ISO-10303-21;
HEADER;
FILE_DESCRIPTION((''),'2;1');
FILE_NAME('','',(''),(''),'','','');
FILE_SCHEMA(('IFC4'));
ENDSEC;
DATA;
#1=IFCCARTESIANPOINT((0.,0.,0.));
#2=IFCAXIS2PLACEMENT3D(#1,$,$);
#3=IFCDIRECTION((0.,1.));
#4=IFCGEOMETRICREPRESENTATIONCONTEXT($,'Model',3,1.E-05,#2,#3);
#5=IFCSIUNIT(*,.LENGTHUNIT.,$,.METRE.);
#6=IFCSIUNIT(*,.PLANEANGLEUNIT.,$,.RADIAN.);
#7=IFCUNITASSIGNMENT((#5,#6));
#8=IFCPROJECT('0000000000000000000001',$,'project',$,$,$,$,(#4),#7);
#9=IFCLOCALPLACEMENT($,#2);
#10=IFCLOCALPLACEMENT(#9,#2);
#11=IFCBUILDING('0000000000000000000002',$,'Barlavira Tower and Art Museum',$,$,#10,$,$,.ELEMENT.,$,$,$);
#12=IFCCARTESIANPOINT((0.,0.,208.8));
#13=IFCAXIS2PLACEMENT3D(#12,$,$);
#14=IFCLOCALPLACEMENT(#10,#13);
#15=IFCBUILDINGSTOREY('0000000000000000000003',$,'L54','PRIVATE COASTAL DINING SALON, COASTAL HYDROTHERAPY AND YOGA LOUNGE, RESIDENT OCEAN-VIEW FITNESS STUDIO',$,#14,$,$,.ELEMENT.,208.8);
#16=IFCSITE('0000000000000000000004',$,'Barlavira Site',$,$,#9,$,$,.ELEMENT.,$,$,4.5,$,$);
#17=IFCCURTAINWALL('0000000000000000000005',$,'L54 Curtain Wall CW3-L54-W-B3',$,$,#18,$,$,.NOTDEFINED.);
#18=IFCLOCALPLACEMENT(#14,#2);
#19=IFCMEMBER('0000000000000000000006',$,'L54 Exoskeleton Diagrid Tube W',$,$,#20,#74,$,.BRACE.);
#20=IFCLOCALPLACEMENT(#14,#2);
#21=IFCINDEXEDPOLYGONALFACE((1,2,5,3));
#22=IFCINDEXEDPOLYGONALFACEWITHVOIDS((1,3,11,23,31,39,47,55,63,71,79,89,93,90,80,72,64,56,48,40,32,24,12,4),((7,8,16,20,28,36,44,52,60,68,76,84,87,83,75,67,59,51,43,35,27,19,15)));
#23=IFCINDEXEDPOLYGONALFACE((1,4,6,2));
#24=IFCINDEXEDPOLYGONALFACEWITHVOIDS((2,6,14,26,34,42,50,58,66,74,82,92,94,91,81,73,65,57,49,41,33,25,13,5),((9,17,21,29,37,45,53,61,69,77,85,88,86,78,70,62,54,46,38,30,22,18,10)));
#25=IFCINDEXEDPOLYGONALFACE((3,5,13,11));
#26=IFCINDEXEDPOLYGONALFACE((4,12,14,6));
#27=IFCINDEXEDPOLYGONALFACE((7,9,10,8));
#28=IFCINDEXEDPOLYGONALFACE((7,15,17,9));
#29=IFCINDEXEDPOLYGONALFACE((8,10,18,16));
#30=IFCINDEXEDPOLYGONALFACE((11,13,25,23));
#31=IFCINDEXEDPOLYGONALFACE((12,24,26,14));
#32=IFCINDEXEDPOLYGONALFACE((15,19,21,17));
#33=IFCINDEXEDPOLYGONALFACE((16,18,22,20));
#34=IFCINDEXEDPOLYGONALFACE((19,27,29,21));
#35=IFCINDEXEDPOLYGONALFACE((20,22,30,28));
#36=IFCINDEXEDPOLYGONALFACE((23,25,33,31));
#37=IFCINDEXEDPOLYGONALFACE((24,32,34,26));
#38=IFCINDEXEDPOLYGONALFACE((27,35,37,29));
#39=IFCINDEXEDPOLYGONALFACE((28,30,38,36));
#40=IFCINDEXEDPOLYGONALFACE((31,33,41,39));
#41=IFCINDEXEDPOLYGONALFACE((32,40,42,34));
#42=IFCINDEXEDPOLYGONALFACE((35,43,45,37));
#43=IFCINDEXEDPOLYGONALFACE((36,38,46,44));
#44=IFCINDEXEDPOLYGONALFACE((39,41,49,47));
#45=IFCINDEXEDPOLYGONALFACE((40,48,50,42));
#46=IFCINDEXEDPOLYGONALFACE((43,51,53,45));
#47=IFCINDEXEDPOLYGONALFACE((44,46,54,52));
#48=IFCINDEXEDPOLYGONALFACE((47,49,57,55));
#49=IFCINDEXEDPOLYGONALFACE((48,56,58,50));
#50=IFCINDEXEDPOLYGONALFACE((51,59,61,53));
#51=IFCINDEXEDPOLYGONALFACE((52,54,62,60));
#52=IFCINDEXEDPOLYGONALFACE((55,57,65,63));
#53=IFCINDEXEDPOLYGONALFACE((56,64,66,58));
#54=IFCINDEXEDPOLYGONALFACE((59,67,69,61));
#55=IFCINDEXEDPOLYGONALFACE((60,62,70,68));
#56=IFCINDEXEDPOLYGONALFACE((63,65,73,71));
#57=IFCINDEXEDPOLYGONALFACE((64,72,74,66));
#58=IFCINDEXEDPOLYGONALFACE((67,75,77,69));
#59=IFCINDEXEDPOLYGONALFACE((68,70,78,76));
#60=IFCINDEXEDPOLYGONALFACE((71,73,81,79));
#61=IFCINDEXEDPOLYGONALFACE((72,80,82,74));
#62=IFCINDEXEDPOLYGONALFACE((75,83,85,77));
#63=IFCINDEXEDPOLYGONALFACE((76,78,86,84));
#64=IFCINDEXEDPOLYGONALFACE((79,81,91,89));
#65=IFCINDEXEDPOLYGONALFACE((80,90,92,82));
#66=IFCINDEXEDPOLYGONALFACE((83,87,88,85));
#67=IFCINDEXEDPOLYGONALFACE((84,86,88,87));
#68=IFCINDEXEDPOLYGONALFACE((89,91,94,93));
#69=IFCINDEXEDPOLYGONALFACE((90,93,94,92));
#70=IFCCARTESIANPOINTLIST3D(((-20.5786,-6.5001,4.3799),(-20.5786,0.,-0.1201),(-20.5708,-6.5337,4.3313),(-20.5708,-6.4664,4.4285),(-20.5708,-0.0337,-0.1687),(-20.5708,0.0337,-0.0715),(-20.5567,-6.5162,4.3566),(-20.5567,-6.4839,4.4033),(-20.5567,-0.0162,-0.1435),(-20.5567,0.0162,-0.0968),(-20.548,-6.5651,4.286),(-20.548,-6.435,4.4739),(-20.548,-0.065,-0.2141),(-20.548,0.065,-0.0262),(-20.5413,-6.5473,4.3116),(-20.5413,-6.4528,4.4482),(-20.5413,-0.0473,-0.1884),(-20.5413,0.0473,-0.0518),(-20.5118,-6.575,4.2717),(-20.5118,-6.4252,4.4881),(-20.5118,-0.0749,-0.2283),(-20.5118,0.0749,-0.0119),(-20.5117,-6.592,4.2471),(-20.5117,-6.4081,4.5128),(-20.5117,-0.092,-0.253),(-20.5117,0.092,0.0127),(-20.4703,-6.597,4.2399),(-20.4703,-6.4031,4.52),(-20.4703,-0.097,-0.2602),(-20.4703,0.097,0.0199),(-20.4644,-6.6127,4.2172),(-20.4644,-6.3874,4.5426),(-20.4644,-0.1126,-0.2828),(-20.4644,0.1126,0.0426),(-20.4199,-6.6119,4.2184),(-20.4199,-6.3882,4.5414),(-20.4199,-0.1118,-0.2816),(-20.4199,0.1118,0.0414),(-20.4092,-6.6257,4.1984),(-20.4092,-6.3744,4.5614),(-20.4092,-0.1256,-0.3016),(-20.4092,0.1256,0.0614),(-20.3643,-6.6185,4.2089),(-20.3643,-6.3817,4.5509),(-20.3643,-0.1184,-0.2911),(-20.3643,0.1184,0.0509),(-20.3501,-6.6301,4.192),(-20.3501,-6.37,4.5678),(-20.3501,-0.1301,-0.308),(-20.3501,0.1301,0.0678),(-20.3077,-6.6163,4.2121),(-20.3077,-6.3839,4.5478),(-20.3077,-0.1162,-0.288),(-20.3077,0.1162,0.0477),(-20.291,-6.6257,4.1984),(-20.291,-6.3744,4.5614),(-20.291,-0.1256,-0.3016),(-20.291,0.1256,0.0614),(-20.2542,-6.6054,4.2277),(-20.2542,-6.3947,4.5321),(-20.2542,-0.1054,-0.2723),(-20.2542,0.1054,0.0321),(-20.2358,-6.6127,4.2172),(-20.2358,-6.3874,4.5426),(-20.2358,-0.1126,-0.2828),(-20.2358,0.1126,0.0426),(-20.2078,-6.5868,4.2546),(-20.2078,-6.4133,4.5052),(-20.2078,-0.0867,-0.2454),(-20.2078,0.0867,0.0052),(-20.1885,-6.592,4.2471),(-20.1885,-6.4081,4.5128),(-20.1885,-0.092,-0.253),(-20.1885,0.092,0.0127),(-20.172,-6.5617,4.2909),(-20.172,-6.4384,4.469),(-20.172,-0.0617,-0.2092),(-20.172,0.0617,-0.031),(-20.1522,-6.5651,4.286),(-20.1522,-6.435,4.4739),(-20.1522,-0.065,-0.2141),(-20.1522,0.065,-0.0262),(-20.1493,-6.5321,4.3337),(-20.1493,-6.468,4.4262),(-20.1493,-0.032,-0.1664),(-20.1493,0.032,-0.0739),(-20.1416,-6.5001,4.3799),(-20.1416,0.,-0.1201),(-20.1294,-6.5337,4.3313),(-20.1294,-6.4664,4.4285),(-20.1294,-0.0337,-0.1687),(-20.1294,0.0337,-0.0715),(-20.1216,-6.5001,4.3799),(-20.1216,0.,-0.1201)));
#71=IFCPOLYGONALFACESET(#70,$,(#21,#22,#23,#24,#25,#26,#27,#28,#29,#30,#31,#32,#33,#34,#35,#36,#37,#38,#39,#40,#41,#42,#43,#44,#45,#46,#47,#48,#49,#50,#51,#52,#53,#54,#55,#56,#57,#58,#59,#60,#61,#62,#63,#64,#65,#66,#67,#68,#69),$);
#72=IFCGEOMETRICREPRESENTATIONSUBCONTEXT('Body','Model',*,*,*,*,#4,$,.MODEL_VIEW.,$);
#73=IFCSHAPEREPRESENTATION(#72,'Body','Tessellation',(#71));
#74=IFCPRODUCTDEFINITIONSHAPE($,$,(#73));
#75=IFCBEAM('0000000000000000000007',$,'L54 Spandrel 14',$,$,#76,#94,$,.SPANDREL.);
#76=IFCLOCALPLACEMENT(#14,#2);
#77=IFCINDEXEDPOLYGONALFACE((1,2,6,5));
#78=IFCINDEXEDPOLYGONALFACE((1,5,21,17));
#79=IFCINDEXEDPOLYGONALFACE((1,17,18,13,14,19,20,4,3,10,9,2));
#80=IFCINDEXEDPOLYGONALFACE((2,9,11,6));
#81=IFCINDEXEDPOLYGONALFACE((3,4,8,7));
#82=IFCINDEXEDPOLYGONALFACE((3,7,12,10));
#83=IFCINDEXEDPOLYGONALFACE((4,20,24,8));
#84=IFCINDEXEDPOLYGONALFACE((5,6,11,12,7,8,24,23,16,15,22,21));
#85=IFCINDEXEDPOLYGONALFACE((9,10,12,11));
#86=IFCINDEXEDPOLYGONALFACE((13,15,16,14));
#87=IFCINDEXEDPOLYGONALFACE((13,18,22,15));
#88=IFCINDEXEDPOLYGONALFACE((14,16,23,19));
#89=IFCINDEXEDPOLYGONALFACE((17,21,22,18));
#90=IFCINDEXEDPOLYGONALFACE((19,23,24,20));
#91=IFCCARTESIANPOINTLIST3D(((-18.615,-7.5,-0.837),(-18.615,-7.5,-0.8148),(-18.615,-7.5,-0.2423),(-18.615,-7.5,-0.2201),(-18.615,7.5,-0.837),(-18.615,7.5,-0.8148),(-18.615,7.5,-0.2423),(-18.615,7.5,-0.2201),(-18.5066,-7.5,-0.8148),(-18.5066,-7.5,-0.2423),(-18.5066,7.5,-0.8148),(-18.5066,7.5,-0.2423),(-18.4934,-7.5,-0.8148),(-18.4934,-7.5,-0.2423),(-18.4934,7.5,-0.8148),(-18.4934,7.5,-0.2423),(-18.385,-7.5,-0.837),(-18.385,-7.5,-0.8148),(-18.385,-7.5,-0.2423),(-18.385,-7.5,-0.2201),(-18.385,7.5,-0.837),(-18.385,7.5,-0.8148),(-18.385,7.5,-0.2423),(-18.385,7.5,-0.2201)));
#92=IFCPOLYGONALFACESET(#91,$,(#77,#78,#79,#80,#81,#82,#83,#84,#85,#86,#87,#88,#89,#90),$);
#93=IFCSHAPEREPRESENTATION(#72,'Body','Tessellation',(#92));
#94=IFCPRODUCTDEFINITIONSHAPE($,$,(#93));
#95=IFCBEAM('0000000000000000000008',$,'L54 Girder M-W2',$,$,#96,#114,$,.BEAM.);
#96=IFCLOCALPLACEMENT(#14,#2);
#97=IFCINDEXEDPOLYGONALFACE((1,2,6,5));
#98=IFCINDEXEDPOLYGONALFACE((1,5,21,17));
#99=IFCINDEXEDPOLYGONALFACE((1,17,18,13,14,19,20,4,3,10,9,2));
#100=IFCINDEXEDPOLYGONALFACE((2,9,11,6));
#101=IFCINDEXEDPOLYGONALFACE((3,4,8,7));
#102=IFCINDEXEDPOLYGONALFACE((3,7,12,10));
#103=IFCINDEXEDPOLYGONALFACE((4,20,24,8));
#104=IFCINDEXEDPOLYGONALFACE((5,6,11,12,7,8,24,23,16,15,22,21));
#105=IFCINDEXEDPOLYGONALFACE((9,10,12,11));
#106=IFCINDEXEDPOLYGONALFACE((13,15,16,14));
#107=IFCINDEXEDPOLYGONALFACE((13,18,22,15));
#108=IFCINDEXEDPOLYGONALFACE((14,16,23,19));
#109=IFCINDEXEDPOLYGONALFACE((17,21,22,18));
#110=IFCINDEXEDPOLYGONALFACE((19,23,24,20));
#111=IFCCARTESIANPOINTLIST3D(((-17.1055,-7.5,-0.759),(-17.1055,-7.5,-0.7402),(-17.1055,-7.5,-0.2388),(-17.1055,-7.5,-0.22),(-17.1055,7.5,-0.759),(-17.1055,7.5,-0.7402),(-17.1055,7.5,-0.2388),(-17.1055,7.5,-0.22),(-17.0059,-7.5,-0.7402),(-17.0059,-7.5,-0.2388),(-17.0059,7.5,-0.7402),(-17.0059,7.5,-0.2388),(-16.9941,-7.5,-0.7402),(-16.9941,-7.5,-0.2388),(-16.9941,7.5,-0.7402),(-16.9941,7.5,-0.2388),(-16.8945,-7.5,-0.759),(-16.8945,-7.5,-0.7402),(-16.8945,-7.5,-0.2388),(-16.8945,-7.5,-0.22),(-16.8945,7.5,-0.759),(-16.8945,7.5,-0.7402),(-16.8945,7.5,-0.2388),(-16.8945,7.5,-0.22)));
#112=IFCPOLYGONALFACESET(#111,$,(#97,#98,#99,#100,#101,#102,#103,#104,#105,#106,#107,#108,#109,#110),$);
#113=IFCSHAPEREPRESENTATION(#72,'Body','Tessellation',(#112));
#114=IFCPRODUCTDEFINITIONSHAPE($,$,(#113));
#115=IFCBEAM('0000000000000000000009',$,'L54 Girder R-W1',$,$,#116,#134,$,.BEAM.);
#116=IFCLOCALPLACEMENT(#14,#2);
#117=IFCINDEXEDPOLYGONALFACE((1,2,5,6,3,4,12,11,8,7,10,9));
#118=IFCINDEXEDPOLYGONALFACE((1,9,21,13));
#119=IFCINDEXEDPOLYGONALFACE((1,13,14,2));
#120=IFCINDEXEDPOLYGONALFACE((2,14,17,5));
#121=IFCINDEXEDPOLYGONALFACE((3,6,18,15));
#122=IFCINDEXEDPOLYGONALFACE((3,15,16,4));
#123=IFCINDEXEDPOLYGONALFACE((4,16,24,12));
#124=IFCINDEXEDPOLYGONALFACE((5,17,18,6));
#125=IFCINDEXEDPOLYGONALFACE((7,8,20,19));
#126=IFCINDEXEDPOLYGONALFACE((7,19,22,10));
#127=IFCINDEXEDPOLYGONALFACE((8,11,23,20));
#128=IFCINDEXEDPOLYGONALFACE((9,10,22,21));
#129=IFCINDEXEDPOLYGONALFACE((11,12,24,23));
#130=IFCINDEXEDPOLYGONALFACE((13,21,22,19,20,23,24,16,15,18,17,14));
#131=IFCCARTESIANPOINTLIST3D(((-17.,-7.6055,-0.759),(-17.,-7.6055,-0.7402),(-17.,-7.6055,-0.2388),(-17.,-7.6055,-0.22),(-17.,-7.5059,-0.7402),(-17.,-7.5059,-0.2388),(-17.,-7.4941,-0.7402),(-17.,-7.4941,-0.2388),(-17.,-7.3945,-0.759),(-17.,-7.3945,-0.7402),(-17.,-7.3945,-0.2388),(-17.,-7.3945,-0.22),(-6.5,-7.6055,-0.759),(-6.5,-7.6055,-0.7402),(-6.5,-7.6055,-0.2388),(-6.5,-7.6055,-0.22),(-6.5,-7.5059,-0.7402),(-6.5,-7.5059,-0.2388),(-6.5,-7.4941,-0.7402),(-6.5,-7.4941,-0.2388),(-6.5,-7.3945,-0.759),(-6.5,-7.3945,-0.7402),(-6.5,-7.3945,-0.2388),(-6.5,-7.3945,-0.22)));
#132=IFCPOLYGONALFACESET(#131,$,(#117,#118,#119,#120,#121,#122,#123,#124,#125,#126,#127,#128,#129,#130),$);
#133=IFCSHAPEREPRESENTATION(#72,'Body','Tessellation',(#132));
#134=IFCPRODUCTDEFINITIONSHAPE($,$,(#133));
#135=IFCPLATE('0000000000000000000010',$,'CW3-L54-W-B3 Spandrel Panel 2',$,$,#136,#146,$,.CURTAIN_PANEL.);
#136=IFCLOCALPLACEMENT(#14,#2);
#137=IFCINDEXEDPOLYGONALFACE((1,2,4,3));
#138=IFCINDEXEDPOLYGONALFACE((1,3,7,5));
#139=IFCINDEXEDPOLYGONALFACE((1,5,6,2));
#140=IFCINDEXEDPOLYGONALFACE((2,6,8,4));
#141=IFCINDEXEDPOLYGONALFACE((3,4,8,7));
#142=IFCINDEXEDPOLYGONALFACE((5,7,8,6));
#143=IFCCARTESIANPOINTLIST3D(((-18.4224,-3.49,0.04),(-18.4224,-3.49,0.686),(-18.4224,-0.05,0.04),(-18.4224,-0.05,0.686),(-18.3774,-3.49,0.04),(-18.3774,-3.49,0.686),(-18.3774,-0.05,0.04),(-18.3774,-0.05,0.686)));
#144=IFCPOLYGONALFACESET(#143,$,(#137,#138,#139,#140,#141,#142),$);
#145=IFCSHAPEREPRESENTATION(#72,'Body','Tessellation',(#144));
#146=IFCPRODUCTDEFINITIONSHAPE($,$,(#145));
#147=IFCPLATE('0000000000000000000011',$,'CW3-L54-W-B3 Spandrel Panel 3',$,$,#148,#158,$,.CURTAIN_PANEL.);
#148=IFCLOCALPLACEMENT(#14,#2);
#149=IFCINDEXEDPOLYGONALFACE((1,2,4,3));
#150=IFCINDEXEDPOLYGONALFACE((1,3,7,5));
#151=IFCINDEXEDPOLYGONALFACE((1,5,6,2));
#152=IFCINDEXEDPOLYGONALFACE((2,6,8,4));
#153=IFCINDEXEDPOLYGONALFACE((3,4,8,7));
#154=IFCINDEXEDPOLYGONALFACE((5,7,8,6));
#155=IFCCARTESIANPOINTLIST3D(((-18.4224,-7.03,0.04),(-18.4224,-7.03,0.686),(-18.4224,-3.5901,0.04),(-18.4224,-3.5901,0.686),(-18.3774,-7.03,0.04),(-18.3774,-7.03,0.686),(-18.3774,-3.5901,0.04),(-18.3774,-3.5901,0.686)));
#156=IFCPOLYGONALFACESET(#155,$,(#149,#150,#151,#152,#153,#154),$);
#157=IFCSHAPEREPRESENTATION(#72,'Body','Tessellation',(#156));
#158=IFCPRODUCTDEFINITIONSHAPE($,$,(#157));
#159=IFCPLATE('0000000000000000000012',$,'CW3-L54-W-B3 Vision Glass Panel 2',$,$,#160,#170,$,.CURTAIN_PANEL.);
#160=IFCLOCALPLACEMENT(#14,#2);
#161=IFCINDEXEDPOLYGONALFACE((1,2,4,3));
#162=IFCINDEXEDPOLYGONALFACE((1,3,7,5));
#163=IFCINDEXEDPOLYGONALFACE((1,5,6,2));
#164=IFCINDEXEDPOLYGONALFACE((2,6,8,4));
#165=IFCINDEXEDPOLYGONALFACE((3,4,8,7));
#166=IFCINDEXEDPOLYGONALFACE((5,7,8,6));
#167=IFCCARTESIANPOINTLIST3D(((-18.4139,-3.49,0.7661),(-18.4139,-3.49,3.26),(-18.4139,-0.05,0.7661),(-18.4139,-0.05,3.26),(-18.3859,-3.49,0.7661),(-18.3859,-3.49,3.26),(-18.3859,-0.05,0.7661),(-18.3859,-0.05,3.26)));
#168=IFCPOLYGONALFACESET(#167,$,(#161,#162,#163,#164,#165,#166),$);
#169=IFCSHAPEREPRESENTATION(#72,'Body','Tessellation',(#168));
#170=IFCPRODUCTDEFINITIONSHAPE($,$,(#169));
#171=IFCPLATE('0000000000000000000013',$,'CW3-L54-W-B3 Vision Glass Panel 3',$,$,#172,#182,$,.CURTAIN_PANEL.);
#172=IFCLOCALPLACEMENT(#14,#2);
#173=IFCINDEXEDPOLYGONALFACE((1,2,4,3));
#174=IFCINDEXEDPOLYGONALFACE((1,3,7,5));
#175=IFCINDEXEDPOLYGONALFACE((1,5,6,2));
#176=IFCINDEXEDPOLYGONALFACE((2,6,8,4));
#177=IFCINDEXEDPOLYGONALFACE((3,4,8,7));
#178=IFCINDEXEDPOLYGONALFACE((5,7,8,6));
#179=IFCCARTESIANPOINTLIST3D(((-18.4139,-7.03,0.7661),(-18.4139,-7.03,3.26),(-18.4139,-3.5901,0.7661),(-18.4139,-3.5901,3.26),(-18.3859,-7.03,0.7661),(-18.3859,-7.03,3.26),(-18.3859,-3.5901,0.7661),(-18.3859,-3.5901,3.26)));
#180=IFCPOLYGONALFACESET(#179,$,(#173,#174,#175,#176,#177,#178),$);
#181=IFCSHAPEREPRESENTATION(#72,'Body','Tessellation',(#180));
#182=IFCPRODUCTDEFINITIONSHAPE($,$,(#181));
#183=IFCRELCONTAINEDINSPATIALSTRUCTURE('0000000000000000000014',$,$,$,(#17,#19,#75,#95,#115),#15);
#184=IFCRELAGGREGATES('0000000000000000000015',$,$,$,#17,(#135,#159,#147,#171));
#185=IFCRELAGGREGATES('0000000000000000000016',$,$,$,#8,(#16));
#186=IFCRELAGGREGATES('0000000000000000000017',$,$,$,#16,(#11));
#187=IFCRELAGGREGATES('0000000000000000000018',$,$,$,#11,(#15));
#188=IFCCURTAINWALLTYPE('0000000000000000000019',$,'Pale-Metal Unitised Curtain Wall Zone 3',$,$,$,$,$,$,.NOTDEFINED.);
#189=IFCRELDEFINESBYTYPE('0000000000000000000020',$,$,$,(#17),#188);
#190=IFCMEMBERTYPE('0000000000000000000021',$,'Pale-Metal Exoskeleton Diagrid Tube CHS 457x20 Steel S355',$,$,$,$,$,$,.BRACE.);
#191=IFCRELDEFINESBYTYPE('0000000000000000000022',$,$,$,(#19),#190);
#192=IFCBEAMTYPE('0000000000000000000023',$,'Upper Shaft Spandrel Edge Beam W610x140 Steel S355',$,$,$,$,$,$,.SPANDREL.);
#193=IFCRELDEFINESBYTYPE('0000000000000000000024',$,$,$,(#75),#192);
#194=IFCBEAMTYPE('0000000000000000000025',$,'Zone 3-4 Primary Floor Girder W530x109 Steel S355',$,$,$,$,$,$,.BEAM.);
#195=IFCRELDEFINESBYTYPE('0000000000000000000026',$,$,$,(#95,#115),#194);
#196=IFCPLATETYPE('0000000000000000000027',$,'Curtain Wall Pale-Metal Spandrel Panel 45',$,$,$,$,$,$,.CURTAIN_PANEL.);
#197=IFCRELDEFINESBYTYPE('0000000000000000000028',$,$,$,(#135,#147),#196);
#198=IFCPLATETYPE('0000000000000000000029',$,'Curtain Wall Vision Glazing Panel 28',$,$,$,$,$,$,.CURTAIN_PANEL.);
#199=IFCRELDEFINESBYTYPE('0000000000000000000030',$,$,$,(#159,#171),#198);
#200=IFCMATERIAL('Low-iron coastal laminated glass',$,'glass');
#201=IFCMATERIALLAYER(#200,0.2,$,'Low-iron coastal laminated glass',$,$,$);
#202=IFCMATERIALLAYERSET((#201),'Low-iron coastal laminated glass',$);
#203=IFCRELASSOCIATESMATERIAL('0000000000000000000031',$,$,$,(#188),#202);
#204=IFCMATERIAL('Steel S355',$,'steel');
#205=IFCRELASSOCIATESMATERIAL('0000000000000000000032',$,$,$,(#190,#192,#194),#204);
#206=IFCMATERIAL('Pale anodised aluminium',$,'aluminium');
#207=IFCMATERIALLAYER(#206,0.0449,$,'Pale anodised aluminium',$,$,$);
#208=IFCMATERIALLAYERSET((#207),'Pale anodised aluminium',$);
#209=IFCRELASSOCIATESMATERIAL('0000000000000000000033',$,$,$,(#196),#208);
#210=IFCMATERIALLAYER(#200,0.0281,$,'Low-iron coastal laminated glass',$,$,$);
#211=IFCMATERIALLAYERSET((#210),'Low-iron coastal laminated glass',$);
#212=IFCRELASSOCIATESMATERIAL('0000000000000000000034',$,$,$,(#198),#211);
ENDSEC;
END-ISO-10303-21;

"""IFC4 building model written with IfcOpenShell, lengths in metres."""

from ifc_helpers import new_model, si_unit, direction, frame, origin, origin_2d, place, context, subcontext, project, spatial, rectangle, hollow_circle, i_section, extrude, material, layer, layer_set, material_profile, profile_set, type_object, element, aggregate, save


model = new_model("IFC4")

# Units and contexts
model_context = context("Model", 3, precision=1e-05, world=origin(), true_north=direction((0.0, 1.0)))
body_context = subcontext(model_context, "Body", "Model", "MODEL_VIEW")
ifc_project = project(units=[si_unit("LENGTHUNIT", "METRE"), si_unit("PLANEANGLEUNIT", "RADIAN")], contexts=[model_context])

# Site, building, storey
site_placement = place(None, origin())
site = spatial("IfcSite", under=ifc_project, at=site_placement, Name="Barlavira Site", CompositionType="ELEMENT", RefElevation=4.5)
building_placement = place(site_placement, origin())
building = spatial("IfcBuilding", under=site, at=building_placement, Name="Barlavira Tower and Art Museum", CompositionType="ELEMENT")
storey_placement = place(building_placement, frame((0.0, 0.0, 208.8)))
storey = spatial("IfcBuildingStorey", under=building, at=storey_placement, Name="L54", Description="PRIVATE COASTAL DINING SALON, COASTAL HYDROTHERAPY AND YOGA LOUNGE, RESIDENT OCEAN-VIEW FITNESS STUDIO", CompositionType="ELEMENT", Elevation=208.8)

# Curtain wall
ifc_material_1 = material(Name="Low-iron coastal laminated glass", Category="glass")
ifc_layer_1 = layer(ifc_material_1, 0.2, Name="Low-iron coastal laminated glass")
ifc_layer_set_1 = layer_set([ifc_layer_1], Name="Low-iron coastal laminated glass")
curtain_wall_type = type_object("IfcCurtainWallType", Name="Pale-Metal Unitised Curtain Wall Zone 3", PredefinedType="NOTDEFINED", material=ifc_layer_set_1)
curtain_wall_placement = place(storey_placement, origin())
curtain_wall = element("IfcCurtainWall", 1, at=curtain_wall_placement, inside=storey, type_object=curtain_wall_type, Name="L54 Curtain Wall CW3-L54-W-B3", PredefinedType="NOTDEFINED")
ifc_material_2 = material(Name="Pale anodised aluminium", Category="aluminium")

# Member
ifc_material_3 = material(Name="Steel S355", Category="steel")
ifc_material_profile_1 = material_profile(ifc_material_3, hollow_circle(Radius=0.2285, WallThickness=0.02, at=origin_2d()), Name="CHS 457.0x20.0")
ifc_profile_set_1 = profile_set([ifc_material_profile_1], Name="Steel S355")
member_type_1 = type_object("IfcMemberType", Name="Pale-Metal Exoskeleton Diagrid Tube CHS 457x20 Steel S355", PredefinedType="BRACE", material=ifc_profile_set_1)
member_1_placement = place(storey_placement, frame((-20.3501, 0.0, -0.1201), z_axis=(0.0, -0.822192, 0.56921), x_axis=(1.0, 0.0, 0.0)))
element("IfcMember", 2, at=member_1_placement, inside=storey, type_object=member_type_1, Name="L54 Exoskeleton Diagrid Tube W", PredefinedType="BRACE", context=body_context, shape_type="SweptSolid", body=[
    extrude(hollow_circle(Radius=0.2285, WallThickness=0.02, at=origin_2d()), origin(), (0.0, 0.0, 1.0), 7.9058),
])

# Beams
ifc_material_profile_2 = material_profile(ifc_material_3, i_section(OverallWidth=0.23, OverallDepth=0.6169, WebThickness=0.0132, FlangeThickness=0.0222, at=origin_2d()), Name="W610x140.0")
ifc_profile_set_2 = profile_set([ifc_material_profile_2], Name="Steel S355")
beam_type_1 = type_object("IfcBeamType", Name="Upper Shaft Spandrel Edge Beam W610x140 Steel S355", PredefinedType="SPANDREL", material=ifc_profile_set_2)
beam_1_placement = place(storey_placement, frame((-18.5, -7.5, -0.5286), z_axis=(0.0, 1.0, 0.0), x_axis=(-1.0, 0.0, 0.0)))
element("IfcBeam", 3, at=beam_1_placement, inside=storey, type_object=beam_type_1, Name="L54 Spandrel 14", PredefinedType="SPANDREL", context=body_context, shape_type="SweptSolid", body=[
    extrude(i_section(OverallWidth=0.23, OverallDepth=0.6169, WebThickness=0.0132, FlangeThickness=0.0222, at=origin_2d()), origin(), (0.0, 0.0, 1.0), 15.0),
])
ifc_material_profile_3 = material_profile(ifc_material_3, i_section(OverallWidth=0.2109, OverallDepth=0.5391, WebThickness=0.0117, FlangeThickness=0.0188, at=origin_2d()), Name="W530x109.0")
ifc_profile_set_3 = profile_set([ifc_material_profile_3], Name="Steel S355")
beam_type_2 = type_object("IfcBeamType", Name="Zone 3-4 Primary Floor Girder W530x109 Steel S355", PredefinedType="BEAM", material=ifc_profile_set_3)
beam_2_placement = place(storey_placement, frame((-17.0, -7.5, -0.4895), z_axis=(0.0, 1.0, 0.0), x_axis=(-1.0, 0.0, 0.0)))
element("IfcBeam", 4, at=beam_2_placement, inside=storey, type_object=beam_type_2, Name="L54 Girder M-W2", PredefinedType="BEAM", context=body_context, shape_type="SweptSolid", body=[
    extrude(i_section(OverallWidth=0.2109, OverallDepth=0.5391, WebThickness=0.0117, FlangeThickness=0.0188, at=origin_2d()), origin(), (0.0, 0.0, 1.0), 15.0),
])
beam_3_placement = place(storey_placement, frame((-17.0, -7.5, -0.4895), z_axis=(1.0, 0.0, 0.0), x_axis=(0.0, 1.0, 0.0)))
element("IfcBeam", 5, at=beam_3_placement, inside=storey, type_object=beam_type_2, Name="L54 Girder R-W1", PredefinedType="BEAM", context=body_context, shape_type="SweptSolid", body=[
    extrude(i_section(OverallWidth=0.2109, OverallDepth=0.5391, WebThickness=0.0117, FlangeThickness=0.0188, at=origin_2d()), origin(), (0.0, 0.0, 1.0), 10.5),
])

# Plates
ifc_layer_2 = layer(ifc_material_2, 0.0449, Name="Pale anodised aluminium")
ifc_layer_set_2 = layer_set([ifc_layer_2], Name="Pale anodised aluminium")
plate_type_1 = type_object("IfcPlateType", Name="Curtain Wall Pale-Metal Spandrel Panel 45", PredefinedType="CURTAIN_PANEL", material=ifc_layer_set_2)
plate_1_placement = place(storey_placement, frame((-18.3999, -1.77, 0.04), z_axis=(0.0, 0.0, 1.0), x_axis=(0.0, -1.0, 0.0)))
plate_1 = element("IfcPlate", 6, at=plate_1_placement, type_object=plate_type_1, Name="CW3-L54-W-B3 Spandrel Panel 2", PredefinedType="CURTAIN_PANEL", context=body_context, shape_type="SweptSolid", body=[
    extrude(rectangle(XDim=3.4399, YDim=0.0449, at=origin_2d()), origin(), (0.0, 0.0, 1.0), 0.646),
])
plate_2_placement = place(storey_placement, frame((-18.3999, -5.3101, 0.04), z_axis=(0.0, 0.0, 1.0), x_axis=(0.0, -1.0, 0.0)))
plate_2 = element("IfcPlate", 7, at=plate_2_placement, type_object=plate_type_1, Name="CW3-L54-W-B3 Spandrel Panel 3", PredefinedType="CURTAIN_PANEL", context=body_context, shape_type="SweptSolid", body=[
    extrude(rectangle(XDim=3.4399, YDim=0.0449, at=origin_2d()), origin(), (0.0, 0.0, 1.0), 0.646),
])
ifc_layer_3 = layer(ifc_material_1, 0.0281, Name="Low-iron coastal laminated glass")
ifc_layer_set_3 = layer_set([ifc_layer_3], Name="Low-iron coastal laminated glass")
plate_type_2 = type_object("IfcPlateType", Name="Curtain Wall Vision Glazing Panel 28", PredefinedType="CURTAIN_PANEL", material=ifc_layer_set_3)
plate_3_placement = place(storey_placement, frame((-18.3999, -1.77, 0.7661), z_axis=(0.0, 0.0, 1.0), x_axis=(0.0, -1.0, 0.0)))
plate_3 = element("IfcPlate", 8, at=plate_3_placement, type_object=plate_type_2, Name="CW3-L54-W-B3 Vision Glass Panel 2", PredefinedType="CURTAIN_PANEL", context=body_context, shape_type="SweptSolid", body=[
    extrude(rectangle(XDim=3.4399, YDim=0.0281, at=origin_2d()), origin(), (0.0, 0.0, 1.0), 2.4939),
])
plate_4_placement = place(storey_placement, frame((-18.3999, -5.3101, 0.7661), z_axis=(0.0, 0.0, 1.0), x_axis=(0.0, -1.0, 0.0)))
plate_4 = element("IfcPlate", 9, at=plate_4_placement, type_object=plate_type_2, Name="CW3-L54-W-B3 Vision Glass Panel 3", PredefinedType="CURTAIN_PANEL", context=body_context, shape_type="SweptSolid", body=[
    extrude(rectangle(XDim=3.4399, YDim=0.0281, at=origin_2d()), origin(), (0.0, 0.0, 1.0), 2.4939),
])
aggregate(curtain_wall, [plate_1, plate_3, plate_2, plate_4])

save(model, "model.ifc")
